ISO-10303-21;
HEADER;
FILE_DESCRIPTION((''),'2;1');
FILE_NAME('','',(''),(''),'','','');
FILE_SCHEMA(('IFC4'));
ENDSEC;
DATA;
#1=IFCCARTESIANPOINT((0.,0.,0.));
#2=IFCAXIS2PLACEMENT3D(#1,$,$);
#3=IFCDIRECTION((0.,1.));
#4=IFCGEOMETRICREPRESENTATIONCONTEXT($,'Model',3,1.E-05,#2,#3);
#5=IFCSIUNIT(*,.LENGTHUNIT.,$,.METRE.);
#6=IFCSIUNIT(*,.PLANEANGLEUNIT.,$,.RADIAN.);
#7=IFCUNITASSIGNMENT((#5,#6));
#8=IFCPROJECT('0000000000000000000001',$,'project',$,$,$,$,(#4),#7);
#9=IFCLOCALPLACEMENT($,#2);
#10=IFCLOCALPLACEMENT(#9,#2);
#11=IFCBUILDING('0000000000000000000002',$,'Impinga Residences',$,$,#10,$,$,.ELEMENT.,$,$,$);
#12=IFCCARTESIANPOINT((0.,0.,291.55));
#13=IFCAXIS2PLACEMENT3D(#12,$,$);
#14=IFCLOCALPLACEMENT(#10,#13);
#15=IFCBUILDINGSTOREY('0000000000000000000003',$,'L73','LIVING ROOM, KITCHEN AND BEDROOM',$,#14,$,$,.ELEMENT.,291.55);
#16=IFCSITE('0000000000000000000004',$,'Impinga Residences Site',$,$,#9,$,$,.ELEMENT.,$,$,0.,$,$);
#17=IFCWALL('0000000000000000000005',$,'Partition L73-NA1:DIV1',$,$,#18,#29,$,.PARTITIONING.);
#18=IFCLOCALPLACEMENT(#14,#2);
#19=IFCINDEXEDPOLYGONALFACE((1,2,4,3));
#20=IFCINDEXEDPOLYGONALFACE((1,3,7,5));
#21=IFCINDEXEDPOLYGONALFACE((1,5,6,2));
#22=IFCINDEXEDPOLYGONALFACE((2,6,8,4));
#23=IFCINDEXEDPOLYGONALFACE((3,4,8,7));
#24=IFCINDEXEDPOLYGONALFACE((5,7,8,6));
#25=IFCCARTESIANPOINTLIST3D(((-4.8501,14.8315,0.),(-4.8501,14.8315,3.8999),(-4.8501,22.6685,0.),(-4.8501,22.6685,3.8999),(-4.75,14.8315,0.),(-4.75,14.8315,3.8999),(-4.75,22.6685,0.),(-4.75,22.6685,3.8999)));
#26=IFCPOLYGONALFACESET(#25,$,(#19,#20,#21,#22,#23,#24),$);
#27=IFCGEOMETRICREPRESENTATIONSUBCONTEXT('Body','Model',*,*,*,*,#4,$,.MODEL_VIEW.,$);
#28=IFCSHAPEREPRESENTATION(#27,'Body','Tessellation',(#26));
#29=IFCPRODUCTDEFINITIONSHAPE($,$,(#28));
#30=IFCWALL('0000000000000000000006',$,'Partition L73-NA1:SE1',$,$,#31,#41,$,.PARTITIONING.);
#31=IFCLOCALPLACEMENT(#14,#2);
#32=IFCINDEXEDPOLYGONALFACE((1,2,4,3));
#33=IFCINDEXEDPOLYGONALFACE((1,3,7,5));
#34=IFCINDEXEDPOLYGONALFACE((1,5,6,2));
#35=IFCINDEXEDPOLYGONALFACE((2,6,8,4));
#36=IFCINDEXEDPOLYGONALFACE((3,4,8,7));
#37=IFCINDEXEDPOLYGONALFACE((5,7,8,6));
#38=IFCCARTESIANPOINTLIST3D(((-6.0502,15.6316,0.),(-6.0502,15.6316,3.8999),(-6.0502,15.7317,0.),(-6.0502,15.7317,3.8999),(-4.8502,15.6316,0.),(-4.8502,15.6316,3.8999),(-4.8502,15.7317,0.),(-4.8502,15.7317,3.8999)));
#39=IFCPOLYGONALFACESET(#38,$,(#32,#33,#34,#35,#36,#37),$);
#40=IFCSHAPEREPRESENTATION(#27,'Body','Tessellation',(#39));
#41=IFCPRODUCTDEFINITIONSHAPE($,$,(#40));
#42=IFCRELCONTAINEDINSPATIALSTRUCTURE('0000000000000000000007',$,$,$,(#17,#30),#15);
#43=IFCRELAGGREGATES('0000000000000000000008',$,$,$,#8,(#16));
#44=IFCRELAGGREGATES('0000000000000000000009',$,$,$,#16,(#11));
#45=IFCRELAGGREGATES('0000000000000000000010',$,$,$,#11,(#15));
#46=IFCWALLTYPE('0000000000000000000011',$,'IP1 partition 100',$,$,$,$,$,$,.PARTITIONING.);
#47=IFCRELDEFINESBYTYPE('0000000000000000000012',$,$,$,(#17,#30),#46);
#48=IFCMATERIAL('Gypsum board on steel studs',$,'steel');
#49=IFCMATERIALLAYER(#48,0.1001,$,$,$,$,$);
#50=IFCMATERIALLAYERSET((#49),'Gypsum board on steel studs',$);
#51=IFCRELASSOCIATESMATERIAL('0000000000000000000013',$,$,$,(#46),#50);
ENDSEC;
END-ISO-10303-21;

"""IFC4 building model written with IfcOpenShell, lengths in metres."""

from ifc_helpers import new_model, si_unit, direction, frame, frame_2d, origin, place, context, subcontext, project, spatial, rectangle, extrude, material, layer, layer_set, type_object, element, save


model = new_model("IFC4")

# Units and contexts
model_context = context("Model", 3, precision=1e-05, world=origin(), true_north=direction((0.0, 1.0)))
body_context = subcontext(model_context, "Body", "Model", "MODEL_VIEW")
ifc_project = project(units=[si_unit("LENGTHUNIT", "METRE"), si_unit("PLANEANGLEUNIT", "RADIAN")], contexts=[model_context])

# Site, building, storey
site_placement = place(None, origin())
site = spatial("IfcSite", under=ifc_project, at=site_placement, Name="Impinga Residences Site", CompositionType="ELEMENT", RefElevation=0.0)
building_placement = place(site_placement, origin())
building = spatial("IfcBuilding", under=site, at=building_placement, Name="Impinga Residences", CompositionType="ELEMENT")
storey_placement = place(building_placement, frame((0.0, 0.0, 291.55)))
storey = spatial("IfcBuildingStorey", under=building, at=storey_placement, Name="L73", Description="LIVING ROOM, KITCHEN AND BEDROOM", CompositionType="ELEMENT", Elevation=291.55)

# Walls
ifc_material_1 = material(Name="Gypsum board on steel studs", Category="steel")
ifc_layer_1 = layer(ifc_material_1, 0.1001)
ifc_layer_set_1 = layer_set([ifc_layer_1], Name="Gypsum board on steel studs")
wall_type_1 = type_object("IfcWallType", Name="IP1 partition 100", PredefinedType="PARTITIONING", material=ifc_layer_set_1)
wall_1_placement = place(storey_placement, frame((-4.8, 14.8315, 0.0), z_axis=(0.0, 0.0, 1.0), x_axis=(0.0, 1.0, 0.0)))
element("IfcWall", 1, at=wall_1_placement, inside=storey, type_object=wall_type_1, Name="Partition L73-NA1:DIV1", PredefinedType="PARTITIONING", context=body_context, shape_type="SweptSolid", body=[
    extrude(rectangle(XDim=7.8369, YDim=0.1001, at=frame_2d((3.9185, 0.0))), origin(), (0.0, 0.0, 1.0), 3.8999),
])
wall_2_placement = place(storey_placement, frame((-4.8501, 15.6816, 0.0), z_axis=(0.0, 0.0, 1.0), x_axis=(-1.0, 0.0, 0.0)))
element("IfcWall", 2, at=wall_2_placement, inside=storey, type_object=wall_type_1, Name="Partition L73-NA1:SE1", PredefinedType="PARTITIONING", context=body_context, shape_type="SweptSolid", body=[
    extrude(rectangle(XDim=1.2, YDim=0.1001, at=frame_2d((0.6001, 0.0))), origin(), (0.0, 0.0, 1.0), 3.8999),
])

save(model, "model.ifc")
